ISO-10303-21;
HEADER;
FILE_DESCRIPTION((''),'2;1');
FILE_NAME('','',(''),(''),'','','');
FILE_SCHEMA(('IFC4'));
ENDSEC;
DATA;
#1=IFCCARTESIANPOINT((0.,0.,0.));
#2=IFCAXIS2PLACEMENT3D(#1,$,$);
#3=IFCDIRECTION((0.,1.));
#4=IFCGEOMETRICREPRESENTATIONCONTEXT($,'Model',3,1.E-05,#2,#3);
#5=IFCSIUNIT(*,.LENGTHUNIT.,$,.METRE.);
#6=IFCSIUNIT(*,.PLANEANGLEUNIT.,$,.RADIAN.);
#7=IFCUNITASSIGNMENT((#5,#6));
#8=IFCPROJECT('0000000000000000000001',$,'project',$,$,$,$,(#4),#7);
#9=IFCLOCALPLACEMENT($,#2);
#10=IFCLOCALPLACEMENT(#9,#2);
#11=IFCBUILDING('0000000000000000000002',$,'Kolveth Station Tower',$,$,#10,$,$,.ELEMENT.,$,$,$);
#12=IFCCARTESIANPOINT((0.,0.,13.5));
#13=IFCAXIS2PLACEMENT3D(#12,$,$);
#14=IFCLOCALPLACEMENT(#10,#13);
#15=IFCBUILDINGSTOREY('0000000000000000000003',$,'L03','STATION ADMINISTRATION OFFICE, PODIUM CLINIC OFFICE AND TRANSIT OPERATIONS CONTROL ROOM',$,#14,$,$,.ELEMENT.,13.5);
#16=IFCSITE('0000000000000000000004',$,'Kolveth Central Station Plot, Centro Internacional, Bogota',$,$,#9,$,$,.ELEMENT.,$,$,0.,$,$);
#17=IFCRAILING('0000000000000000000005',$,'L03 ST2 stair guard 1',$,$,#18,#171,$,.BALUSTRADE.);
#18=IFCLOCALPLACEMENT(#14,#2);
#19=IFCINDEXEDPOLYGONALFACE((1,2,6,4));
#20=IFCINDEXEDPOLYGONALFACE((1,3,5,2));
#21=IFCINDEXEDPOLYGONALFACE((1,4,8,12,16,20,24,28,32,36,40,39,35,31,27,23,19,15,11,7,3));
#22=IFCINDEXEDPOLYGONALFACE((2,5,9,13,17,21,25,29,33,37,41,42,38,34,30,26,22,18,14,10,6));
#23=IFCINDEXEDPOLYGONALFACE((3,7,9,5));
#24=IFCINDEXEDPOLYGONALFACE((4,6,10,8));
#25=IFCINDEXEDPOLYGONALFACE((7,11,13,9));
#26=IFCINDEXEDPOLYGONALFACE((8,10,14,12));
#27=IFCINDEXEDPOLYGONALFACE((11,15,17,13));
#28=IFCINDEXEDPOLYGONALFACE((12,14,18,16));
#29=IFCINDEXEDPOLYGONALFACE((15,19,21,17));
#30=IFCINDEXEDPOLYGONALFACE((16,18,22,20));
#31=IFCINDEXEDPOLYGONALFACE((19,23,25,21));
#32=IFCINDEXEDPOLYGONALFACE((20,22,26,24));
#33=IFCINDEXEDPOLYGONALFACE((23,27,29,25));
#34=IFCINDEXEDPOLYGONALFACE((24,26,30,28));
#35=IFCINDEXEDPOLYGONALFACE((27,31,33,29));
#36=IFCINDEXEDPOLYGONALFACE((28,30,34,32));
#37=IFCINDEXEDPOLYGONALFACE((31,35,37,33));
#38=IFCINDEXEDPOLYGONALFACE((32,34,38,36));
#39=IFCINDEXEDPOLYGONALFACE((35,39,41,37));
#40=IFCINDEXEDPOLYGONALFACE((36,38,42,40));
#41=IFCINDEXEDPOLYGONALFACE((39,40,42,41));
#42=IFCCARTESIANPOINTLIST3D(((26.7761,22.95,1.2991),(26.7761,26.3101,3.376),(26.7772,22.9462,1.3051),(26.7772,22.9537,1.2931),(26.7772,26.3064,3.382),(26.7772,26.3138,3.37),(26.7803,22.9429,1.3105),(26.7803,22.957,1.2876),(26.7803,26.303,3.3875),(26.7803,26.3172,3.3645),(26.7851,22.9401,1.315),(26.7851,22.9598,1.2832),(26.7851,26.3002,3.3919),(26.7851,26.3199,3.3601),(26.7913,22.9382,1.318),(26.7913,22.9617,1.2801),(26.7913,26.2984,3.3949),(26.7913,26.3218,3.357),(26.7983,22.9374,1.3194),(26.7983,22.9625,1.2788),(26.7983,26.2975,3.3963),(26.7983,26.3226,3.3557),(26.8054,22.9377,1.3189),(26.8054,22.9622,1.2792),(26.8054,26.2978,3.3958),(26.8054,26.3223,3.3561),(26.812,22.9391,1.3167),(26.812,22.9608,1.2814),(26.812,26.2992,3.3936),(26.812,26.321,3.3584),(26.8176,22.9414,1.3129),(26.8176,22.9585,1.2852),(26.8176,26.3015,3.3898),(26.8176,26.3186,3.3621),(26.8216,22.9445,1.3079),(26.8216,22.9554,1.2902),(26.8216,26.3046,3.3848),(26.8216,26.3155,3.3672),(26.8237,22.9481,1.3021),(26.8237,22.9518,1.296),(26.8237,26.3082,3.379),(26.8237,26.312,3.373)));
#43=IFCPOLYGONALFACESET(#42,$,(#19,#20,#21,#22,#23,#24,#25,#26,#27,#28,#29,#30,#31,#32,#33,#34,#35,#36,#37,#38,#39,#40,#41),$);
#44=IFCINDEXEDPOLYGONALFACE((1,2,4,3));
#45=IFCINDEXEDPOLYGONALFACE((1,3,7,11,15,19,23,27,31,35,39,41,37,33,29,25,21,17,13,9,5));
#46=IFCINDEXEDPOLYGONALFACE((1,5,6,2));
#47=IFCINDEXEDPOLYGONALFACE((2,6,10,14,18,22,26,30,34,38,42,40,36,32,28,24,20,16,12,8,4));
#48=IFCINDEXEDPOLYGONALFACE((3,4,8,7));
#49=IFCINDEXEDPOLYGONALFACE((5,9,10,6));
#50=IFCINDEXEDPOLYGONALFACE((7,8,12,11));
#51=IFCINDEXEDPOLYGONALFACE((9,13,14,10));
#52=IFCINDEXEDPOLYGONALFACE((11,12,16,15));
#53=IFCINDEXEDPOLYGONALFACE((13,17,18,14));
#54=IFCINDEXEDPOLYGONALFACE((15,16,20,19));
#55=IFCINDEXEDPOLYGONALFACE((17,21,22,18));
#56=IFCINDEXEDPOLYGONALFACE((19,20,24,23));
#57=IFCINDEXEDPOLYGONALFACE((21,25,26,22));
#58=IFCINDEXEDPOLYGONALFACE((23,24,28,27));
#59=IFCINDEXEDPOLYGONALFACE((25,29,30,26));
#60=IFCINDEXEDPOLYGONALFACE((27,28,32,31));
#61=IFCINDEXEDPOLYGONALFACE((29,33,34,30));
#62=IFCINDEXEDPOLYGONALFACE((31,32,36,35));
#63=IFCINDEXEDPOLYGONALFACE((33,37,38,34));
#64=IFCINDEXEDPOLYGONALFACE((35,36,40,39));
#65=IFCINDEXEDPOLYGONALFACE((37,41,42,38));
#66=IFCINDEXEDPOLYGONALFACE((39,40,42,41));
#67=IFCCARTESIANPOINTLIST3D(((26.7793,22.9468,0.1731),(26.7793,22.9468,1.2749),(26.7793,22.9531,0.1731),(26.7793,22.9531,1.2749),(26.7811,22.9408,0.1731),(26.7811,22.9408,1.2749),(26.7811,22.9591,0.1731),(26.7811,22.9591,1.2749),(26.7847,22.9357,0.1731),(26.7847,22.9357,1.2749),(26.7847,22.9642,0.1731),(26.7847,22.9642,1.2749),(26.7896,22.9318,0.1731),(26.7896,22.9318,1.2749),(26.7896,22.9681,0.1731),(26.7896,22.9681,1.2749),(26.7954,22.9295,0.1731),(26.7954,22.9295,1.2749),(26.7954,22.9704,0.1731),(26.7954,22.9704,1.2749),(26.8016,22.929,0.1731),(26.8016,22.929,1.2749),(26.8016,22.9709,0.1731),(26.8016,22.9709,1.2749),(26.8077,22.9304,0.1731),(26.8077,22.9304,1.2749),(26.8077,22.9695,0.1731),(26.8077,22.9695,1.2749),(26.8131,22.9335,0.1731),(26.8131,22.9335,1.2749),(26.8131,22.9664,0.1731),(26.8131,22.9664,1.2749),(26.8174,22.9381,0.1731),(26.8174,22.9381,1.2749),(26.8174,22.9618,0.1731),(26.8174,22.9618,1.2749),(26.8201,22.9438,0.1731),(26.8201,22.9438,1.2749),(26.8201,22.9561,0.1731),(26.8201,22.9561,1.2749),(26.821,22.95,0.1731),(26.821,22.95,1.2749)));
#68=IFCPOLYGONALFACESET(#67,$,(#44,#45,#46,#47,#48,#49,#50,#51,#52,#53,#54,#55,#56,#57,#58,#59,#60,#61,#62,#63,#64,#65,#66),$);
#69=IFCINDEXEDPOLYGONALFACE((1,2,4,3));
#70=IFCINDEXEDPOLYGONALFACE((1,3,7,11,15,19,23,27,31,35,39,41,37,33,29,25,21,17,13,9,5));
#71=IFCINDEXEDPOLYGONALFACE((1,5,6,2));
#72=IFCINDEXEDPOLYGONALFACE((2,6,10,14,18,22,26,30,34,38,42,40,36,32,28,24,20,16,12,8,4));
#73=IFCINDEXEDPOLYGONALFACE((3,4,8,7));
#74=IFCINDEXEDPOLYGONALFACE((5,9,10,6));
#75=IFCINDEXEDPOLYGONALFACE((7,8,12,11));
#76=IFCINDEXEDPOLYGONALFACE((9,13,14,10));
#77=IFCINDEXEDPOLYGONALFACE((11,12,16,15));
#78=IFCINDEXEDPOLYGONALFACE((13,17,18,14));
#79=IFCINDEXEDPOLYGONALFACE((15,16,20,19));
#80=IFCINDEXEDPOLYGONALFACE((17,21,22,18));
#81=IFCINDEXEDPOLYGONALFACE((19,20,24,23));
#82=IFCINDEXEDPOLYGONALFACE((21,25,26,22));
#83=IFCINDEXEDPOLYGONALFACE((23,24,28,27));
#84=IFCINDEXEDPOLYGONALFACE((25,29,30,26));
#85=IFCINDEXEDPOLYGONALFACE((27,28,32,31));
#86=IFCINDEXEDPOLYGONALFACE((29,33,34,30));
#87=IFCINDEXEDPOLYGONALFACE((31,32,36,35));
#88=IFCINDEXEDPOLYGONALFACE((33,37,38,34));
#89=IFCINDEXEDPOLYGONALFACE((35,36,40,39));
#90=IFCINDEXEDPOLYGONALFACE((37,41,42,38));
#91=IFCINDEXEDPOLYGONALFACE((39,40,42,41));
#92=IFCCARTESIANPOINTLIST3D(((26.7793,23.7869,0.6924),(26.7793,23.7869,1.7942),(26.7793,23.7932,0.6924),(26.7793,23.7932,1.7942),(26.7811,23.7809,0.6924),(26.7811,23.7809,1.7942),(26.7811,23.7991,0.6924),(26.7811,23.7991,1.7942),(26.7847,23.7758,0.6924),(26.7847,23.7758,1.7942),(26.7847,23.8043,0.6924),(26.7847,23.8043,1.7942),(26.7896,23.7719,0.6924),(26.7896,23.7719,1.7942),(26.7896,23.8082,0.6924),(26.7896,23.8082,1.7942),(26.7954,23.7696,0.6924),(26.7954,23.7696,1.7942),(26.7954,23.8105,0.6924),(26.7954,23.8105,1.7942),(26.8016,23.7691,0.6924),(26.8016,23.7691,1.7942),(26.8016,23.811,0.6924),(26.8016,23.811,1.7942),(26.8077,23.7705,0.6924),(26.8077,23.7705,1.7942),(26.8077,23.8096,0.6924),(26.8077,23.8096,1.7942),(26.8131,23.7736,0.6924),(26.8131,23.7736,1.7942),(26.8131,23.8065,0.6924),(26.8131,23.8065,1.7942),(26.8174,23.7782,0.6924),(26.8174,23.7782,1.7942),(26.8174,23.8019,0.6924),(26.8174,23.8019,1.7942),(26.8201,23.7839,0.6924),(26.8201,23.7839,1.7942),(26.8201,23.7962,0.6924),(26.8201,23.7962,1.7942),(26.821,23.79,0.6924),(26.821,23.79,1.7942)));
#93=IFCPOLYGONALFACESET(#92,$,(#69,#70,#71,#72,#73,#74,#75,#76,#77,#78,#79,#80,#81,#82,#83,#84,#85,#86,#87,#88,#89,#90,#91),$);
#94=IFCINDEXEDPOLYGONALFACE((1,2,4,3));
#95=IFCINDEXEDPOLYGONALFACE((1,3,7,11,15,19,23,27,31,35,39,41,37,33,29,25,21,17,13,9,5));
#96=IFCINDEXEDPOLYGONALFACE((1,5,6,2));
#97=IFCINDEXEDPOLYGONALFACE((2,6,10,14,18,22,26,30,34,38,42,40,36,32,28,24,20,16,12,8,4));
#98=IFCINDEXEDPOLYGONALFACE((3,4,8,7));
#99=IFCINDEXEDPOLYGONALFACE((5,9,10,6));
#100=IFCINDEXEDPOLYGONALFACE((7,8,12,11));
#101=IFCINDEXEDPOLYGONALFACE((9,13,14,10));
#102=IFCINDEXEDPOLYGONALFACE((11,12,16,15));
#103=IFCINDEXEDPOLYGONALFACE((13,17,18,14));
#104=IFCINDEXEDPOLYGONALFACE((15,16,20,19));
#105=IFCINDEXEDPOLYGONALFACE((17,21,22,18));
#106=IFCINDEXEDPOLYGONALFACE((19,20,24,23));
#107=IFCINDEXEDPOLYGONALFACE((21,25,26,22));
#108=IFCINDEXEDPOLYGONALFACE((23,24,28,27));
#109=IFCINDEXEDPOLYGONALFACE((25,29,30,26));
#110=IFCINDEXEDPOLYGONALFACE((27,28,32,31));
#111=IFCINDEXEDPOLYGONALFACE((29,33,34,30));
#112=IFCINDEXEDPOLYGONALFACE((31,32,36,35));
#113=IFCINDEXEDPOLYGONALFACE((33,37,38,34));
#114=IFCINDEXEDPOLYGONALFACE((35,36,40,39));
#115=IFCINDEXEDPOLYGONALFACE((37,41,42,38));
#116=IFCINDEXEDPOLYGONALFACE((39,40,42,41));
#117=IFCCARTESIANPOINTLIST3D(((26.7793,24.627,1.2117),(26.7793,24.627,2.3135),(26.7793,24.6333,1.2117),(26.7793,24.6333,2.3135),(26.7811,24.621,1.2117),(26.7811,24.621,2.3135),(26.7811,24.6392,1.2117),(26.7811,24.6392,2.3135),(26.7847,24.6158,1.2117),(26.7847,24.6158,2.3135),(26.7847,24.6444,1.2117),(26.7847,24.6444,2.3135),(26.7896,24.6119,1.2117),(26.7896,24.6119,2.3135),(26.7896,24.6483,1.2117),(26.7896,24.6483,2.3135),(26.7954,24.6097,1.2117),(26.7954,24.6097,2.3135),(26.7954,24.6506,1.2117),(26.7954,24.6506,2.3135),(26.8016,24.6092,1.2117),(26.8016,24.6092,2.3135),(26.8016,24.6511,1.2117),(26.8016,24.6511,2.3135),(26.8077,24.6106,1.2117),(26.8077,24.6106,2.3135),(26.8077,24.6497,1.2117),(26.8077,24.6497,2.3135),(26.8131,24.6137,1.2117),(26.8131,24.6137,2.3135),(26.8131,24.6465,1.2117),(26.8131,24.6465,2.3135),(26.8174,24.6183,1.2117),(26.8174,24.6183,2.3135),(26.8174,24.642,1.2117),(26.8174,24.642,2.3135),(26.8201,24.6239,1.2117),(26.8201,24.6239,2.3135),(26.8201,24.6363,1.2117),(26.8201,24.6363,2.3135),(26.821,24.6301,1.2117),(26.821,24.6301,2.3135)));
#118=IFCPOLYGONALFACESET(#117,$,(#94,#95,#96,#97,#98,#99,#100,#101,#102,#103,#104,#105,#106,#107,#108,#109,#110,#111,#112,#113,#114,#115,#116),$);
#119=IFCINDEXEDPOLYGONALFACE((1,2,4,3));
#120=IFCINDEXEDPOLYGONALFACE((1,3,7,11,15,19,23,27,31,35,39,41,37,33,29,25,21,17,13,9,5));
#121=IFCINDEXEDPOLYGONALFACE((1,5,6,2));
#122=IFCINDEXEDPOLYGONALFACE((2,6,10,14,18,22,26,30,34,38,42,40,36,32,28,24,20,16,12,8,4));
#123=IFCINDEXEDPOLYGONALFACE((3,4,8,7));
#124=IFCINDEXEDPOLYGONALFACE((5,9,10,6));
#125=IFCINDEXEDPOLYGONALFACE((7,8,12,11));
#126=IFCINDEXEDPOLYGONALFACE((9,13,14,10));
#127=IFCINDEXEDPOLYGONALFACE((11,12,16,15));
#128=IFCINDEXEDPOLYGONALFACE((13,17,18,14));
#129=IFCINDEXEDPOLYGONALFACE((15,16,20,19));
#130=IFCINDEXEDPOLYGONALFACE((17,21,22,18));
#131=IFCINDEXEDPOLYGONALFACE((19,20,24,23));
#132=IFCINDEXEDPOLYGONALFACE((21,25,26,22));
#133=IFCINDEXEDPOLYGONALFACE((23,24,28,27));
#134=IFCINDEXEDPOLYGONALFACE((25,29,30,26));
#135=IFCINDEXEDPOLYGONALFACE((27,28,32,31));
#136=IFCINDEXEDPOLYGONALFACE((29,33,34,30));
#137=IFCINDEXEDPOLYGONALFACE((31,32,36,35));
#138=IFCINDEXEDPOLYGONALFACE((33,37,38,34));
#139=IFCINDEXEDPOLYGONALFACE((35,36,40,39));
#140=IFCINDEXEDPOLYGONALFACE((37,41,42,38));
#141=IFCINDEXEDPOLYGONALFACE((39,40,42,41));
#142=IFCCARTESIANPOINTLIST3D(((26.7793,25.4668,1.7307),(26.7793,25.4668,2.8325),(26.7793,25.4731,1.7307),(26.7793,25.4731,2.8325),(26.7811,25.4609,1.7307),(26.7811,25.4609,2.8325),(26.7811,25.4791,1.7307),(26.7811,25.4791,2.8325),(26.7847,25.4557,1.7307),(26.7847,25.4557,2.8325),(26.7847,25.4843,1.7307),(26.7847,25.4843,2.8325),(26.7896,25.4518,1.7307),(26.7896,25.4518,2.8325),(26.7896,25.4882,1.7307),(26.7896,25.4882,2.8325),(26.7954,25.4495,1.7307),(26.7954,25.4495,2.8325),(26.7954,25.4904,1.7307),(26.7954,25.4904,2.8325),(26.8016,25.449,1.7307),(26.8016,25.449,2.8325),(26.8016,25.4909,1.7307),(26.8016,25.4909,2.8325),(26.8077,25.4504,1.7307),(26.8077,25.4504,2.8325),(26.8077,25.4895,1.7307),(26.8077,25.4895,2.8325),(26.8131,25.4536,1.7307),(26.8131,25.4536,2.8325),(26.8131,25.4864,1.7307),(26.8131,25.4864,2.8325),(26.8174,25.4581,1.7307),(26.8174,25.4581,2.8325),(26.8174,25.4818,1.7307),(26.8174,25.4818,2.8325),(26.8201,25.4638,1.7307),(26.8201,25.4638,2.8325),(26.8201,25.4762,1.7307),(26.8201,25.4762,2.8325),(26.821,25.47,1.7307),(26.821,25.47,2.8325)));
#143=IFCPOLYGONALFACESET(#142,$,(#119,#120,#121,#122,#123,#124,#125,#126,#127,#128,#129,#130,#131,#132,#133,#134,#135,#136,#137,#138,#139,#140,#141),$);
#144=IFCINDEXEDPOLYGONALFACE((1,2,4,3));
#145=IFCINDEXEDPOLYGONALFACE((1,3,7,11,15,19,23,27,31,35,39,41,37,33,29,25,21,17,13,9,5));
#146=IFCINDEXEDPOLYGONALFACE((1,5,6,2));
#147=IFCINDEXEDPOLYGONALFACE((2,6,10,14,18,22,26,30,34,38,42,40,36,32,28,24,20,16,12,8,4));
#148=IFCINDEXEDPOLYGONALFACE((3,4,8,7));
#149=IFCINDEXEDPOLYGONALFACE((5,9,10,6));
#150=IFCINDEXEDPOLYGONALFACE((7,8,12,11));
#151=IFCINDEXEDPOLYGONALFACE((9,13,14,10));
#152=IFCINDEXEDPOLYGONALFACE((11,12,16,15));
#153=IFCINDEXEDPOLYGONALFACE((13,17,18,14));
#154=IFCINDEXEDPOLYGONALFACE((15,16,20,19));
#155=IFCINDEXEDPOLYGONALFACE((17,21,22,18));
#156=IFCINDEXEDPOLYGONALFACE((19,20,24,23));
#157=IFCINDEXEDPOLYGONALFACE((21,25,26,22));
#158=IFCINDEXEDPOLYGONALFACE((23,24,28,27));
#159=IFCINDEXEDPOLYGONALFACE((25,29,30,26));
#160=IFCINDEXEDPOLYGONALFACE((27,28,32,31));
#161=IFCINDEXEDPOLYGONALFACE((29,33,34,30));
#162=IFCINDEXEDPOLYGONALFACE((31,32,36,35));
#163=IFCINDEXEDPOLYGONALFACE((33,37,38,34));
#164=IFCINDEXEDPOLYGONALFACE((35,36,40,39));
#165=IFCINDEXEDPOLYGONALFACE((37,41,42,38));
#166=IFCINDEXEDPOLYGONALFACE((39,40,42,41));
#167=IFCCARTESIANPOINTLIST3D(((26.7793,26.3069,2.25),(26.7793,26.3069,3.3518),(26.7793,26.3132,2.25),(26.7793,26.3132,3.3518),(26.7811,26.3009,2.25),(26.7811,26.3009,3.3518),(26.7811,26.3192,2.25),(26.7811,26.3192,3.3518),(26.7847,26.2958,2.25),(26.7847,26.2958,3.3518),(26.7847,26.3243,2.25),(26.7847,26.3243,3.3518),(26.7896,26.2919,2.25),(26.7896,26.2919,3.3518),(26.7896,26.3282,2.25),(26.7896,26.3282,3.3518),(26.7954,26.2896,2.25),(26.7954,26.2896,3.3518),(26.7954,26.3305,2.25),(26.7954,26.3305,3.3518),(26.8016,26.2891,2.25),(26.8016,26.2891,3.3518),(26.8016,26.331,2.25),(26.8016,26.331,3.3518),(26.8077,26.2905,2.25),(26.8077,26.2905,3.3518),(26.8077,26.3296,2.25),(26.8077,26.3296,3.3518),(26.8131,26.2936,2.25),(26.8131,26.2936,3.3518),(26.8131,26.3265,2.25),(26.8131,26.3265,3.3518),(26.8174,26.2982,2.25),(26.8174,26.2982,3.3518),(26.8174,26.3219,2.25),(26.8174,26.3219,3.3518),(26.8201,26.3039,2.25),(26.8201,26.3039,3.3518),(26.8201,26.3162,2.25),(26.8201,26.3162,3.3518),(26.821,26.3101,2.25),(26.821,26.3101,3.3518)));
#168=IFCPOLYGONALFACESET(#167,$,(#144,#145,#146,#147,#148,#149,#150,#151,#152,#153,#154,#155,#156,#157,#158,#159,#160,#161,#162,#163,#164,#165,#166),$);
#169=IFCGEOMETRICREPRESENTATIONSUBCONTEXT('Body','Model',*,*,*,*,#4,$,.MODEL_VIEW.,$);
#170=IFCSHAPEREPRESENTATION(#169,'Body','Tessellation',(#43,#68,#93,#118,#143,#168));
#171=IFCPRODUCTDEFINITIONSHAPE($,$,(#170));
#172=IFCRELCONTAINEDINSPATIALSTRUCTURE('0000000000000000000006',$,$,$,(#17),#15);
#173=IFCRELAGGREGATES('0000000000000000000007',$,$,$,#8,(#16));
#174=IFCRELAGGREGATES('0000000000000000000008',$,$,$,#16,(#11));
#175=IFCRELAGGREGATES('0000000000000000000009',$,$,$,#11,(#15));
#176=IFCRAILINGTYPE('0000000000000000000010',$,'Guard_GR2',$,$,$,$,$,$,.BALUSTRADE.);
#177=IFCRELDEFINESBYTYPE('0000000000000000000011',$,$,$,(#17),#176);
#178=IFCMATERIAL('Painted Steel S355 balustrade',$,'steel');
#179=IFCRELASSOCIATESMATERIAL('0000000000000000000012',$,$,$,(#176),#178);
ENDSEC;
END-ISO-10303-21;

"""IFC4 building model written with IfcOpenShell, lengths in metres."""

from ifc_helpers import new_model, si_unit, direction, frame, origin, origin_2d, place, context, subcontext, project, spatial, circle, extrude, material, type_object, element, save


model = new_model("IFC4")

# Units and contexts
model_context = context("Model", 3, precision=1e-05, world=origin(), true_north=direction((0.0, 1.0)))
body_context = subcontext(model_context, "Body", "Model", "MODEL_VIEW")
ifc_project = project(units=[si_unit("LENGTHUNIT", "METRE"), si_unit("PLANEANGLEUNIT", "RADIAN")], contexts=[model_context])

# Site, building, storey
site_placement = place(None, origin())
site = spatial("IfcSite", under=ifc_project, at=site_placement, Name="Kolveth Central Station Plot, Centro Internacional, Bogota", CompositionType="ELEMENT", RefElevation=0.0)
building_placement = place(site_placement, origin())
building = spatial("IfcBuilding", under=site, at=building_placement, Name="Kolveth Station Tower", CompositionType="ELEMENT")
storey_placement = place(building_placement, frame((0.0, 0.0, 13.5)))
storey = spatial("IfcBuildingStorey", under=building, at=storey_placement, Name="L03", Description="STATION ADMINISTRATION OFFICE, PODIUM CLINIC OFFICE AND TRANSIT OPERATIONS CONTROL ROOM", CompositionType="ELEMENT", Elevation=13.5)

# Railing
ifc_material_1 = material(Name="Painted Steel S355 balustrade", Category="steel")
railing_type_1 = type_object("IfcRailingType", Name="Guard_GR2", PredefinedType="BALUSTRADE", material=ifc_material_1)
railing_1_placement = place(storey_placement, frame((26.8, 22.95, 0.1731)))
element("IfcRailing", 1, at=railing_1_placement, inside=storey, type_object=railing_type_1, Name="L03 ST2 stair guard 1", PredefinedType="BALUSTRADE", context=body_context, shape_type="SweptSolid", body=[
    extrude(circle(Radius=0.0239, at=origin_2d()), frame((0.0, 0.0, 1.126), z_axis=(0.0, 0.850623, 0.525776), x_axis=(-1.0, 0.0, 0.0)), (0.0, 0.0, 1.0), 3.9502),
    extrude(circle(Radius=0.021, at=origin_2d()), origin(), (0.0, 0.0, 1.0), 1.1018),
    extrude(circle(Radius=0.021, at=origin_2d()), frame((0.0, 0.8401, 0.5193)), (0.0, 0.0, 1.0), 1.1018),
    extrude(circle(Radius=0.021, at=origin_2d()), frame((0.0, 1.6802, 1.0386)), (0.0, 0.0, 1.0), 1.1018),
    extrude(circle(Radius=0.021, at=origin_2d()), frame((0.0, 2.52, 1.5576)), (0.0, 0.0, 1.0), 1.1018),
    extrude(circle(Radius=0.021, at=origin_2d()), frame((0.0, 3.3601, 2.0769)), (0.0, 0.0, 1.0), 1.1018),
])

save(model, "model.ifc")
